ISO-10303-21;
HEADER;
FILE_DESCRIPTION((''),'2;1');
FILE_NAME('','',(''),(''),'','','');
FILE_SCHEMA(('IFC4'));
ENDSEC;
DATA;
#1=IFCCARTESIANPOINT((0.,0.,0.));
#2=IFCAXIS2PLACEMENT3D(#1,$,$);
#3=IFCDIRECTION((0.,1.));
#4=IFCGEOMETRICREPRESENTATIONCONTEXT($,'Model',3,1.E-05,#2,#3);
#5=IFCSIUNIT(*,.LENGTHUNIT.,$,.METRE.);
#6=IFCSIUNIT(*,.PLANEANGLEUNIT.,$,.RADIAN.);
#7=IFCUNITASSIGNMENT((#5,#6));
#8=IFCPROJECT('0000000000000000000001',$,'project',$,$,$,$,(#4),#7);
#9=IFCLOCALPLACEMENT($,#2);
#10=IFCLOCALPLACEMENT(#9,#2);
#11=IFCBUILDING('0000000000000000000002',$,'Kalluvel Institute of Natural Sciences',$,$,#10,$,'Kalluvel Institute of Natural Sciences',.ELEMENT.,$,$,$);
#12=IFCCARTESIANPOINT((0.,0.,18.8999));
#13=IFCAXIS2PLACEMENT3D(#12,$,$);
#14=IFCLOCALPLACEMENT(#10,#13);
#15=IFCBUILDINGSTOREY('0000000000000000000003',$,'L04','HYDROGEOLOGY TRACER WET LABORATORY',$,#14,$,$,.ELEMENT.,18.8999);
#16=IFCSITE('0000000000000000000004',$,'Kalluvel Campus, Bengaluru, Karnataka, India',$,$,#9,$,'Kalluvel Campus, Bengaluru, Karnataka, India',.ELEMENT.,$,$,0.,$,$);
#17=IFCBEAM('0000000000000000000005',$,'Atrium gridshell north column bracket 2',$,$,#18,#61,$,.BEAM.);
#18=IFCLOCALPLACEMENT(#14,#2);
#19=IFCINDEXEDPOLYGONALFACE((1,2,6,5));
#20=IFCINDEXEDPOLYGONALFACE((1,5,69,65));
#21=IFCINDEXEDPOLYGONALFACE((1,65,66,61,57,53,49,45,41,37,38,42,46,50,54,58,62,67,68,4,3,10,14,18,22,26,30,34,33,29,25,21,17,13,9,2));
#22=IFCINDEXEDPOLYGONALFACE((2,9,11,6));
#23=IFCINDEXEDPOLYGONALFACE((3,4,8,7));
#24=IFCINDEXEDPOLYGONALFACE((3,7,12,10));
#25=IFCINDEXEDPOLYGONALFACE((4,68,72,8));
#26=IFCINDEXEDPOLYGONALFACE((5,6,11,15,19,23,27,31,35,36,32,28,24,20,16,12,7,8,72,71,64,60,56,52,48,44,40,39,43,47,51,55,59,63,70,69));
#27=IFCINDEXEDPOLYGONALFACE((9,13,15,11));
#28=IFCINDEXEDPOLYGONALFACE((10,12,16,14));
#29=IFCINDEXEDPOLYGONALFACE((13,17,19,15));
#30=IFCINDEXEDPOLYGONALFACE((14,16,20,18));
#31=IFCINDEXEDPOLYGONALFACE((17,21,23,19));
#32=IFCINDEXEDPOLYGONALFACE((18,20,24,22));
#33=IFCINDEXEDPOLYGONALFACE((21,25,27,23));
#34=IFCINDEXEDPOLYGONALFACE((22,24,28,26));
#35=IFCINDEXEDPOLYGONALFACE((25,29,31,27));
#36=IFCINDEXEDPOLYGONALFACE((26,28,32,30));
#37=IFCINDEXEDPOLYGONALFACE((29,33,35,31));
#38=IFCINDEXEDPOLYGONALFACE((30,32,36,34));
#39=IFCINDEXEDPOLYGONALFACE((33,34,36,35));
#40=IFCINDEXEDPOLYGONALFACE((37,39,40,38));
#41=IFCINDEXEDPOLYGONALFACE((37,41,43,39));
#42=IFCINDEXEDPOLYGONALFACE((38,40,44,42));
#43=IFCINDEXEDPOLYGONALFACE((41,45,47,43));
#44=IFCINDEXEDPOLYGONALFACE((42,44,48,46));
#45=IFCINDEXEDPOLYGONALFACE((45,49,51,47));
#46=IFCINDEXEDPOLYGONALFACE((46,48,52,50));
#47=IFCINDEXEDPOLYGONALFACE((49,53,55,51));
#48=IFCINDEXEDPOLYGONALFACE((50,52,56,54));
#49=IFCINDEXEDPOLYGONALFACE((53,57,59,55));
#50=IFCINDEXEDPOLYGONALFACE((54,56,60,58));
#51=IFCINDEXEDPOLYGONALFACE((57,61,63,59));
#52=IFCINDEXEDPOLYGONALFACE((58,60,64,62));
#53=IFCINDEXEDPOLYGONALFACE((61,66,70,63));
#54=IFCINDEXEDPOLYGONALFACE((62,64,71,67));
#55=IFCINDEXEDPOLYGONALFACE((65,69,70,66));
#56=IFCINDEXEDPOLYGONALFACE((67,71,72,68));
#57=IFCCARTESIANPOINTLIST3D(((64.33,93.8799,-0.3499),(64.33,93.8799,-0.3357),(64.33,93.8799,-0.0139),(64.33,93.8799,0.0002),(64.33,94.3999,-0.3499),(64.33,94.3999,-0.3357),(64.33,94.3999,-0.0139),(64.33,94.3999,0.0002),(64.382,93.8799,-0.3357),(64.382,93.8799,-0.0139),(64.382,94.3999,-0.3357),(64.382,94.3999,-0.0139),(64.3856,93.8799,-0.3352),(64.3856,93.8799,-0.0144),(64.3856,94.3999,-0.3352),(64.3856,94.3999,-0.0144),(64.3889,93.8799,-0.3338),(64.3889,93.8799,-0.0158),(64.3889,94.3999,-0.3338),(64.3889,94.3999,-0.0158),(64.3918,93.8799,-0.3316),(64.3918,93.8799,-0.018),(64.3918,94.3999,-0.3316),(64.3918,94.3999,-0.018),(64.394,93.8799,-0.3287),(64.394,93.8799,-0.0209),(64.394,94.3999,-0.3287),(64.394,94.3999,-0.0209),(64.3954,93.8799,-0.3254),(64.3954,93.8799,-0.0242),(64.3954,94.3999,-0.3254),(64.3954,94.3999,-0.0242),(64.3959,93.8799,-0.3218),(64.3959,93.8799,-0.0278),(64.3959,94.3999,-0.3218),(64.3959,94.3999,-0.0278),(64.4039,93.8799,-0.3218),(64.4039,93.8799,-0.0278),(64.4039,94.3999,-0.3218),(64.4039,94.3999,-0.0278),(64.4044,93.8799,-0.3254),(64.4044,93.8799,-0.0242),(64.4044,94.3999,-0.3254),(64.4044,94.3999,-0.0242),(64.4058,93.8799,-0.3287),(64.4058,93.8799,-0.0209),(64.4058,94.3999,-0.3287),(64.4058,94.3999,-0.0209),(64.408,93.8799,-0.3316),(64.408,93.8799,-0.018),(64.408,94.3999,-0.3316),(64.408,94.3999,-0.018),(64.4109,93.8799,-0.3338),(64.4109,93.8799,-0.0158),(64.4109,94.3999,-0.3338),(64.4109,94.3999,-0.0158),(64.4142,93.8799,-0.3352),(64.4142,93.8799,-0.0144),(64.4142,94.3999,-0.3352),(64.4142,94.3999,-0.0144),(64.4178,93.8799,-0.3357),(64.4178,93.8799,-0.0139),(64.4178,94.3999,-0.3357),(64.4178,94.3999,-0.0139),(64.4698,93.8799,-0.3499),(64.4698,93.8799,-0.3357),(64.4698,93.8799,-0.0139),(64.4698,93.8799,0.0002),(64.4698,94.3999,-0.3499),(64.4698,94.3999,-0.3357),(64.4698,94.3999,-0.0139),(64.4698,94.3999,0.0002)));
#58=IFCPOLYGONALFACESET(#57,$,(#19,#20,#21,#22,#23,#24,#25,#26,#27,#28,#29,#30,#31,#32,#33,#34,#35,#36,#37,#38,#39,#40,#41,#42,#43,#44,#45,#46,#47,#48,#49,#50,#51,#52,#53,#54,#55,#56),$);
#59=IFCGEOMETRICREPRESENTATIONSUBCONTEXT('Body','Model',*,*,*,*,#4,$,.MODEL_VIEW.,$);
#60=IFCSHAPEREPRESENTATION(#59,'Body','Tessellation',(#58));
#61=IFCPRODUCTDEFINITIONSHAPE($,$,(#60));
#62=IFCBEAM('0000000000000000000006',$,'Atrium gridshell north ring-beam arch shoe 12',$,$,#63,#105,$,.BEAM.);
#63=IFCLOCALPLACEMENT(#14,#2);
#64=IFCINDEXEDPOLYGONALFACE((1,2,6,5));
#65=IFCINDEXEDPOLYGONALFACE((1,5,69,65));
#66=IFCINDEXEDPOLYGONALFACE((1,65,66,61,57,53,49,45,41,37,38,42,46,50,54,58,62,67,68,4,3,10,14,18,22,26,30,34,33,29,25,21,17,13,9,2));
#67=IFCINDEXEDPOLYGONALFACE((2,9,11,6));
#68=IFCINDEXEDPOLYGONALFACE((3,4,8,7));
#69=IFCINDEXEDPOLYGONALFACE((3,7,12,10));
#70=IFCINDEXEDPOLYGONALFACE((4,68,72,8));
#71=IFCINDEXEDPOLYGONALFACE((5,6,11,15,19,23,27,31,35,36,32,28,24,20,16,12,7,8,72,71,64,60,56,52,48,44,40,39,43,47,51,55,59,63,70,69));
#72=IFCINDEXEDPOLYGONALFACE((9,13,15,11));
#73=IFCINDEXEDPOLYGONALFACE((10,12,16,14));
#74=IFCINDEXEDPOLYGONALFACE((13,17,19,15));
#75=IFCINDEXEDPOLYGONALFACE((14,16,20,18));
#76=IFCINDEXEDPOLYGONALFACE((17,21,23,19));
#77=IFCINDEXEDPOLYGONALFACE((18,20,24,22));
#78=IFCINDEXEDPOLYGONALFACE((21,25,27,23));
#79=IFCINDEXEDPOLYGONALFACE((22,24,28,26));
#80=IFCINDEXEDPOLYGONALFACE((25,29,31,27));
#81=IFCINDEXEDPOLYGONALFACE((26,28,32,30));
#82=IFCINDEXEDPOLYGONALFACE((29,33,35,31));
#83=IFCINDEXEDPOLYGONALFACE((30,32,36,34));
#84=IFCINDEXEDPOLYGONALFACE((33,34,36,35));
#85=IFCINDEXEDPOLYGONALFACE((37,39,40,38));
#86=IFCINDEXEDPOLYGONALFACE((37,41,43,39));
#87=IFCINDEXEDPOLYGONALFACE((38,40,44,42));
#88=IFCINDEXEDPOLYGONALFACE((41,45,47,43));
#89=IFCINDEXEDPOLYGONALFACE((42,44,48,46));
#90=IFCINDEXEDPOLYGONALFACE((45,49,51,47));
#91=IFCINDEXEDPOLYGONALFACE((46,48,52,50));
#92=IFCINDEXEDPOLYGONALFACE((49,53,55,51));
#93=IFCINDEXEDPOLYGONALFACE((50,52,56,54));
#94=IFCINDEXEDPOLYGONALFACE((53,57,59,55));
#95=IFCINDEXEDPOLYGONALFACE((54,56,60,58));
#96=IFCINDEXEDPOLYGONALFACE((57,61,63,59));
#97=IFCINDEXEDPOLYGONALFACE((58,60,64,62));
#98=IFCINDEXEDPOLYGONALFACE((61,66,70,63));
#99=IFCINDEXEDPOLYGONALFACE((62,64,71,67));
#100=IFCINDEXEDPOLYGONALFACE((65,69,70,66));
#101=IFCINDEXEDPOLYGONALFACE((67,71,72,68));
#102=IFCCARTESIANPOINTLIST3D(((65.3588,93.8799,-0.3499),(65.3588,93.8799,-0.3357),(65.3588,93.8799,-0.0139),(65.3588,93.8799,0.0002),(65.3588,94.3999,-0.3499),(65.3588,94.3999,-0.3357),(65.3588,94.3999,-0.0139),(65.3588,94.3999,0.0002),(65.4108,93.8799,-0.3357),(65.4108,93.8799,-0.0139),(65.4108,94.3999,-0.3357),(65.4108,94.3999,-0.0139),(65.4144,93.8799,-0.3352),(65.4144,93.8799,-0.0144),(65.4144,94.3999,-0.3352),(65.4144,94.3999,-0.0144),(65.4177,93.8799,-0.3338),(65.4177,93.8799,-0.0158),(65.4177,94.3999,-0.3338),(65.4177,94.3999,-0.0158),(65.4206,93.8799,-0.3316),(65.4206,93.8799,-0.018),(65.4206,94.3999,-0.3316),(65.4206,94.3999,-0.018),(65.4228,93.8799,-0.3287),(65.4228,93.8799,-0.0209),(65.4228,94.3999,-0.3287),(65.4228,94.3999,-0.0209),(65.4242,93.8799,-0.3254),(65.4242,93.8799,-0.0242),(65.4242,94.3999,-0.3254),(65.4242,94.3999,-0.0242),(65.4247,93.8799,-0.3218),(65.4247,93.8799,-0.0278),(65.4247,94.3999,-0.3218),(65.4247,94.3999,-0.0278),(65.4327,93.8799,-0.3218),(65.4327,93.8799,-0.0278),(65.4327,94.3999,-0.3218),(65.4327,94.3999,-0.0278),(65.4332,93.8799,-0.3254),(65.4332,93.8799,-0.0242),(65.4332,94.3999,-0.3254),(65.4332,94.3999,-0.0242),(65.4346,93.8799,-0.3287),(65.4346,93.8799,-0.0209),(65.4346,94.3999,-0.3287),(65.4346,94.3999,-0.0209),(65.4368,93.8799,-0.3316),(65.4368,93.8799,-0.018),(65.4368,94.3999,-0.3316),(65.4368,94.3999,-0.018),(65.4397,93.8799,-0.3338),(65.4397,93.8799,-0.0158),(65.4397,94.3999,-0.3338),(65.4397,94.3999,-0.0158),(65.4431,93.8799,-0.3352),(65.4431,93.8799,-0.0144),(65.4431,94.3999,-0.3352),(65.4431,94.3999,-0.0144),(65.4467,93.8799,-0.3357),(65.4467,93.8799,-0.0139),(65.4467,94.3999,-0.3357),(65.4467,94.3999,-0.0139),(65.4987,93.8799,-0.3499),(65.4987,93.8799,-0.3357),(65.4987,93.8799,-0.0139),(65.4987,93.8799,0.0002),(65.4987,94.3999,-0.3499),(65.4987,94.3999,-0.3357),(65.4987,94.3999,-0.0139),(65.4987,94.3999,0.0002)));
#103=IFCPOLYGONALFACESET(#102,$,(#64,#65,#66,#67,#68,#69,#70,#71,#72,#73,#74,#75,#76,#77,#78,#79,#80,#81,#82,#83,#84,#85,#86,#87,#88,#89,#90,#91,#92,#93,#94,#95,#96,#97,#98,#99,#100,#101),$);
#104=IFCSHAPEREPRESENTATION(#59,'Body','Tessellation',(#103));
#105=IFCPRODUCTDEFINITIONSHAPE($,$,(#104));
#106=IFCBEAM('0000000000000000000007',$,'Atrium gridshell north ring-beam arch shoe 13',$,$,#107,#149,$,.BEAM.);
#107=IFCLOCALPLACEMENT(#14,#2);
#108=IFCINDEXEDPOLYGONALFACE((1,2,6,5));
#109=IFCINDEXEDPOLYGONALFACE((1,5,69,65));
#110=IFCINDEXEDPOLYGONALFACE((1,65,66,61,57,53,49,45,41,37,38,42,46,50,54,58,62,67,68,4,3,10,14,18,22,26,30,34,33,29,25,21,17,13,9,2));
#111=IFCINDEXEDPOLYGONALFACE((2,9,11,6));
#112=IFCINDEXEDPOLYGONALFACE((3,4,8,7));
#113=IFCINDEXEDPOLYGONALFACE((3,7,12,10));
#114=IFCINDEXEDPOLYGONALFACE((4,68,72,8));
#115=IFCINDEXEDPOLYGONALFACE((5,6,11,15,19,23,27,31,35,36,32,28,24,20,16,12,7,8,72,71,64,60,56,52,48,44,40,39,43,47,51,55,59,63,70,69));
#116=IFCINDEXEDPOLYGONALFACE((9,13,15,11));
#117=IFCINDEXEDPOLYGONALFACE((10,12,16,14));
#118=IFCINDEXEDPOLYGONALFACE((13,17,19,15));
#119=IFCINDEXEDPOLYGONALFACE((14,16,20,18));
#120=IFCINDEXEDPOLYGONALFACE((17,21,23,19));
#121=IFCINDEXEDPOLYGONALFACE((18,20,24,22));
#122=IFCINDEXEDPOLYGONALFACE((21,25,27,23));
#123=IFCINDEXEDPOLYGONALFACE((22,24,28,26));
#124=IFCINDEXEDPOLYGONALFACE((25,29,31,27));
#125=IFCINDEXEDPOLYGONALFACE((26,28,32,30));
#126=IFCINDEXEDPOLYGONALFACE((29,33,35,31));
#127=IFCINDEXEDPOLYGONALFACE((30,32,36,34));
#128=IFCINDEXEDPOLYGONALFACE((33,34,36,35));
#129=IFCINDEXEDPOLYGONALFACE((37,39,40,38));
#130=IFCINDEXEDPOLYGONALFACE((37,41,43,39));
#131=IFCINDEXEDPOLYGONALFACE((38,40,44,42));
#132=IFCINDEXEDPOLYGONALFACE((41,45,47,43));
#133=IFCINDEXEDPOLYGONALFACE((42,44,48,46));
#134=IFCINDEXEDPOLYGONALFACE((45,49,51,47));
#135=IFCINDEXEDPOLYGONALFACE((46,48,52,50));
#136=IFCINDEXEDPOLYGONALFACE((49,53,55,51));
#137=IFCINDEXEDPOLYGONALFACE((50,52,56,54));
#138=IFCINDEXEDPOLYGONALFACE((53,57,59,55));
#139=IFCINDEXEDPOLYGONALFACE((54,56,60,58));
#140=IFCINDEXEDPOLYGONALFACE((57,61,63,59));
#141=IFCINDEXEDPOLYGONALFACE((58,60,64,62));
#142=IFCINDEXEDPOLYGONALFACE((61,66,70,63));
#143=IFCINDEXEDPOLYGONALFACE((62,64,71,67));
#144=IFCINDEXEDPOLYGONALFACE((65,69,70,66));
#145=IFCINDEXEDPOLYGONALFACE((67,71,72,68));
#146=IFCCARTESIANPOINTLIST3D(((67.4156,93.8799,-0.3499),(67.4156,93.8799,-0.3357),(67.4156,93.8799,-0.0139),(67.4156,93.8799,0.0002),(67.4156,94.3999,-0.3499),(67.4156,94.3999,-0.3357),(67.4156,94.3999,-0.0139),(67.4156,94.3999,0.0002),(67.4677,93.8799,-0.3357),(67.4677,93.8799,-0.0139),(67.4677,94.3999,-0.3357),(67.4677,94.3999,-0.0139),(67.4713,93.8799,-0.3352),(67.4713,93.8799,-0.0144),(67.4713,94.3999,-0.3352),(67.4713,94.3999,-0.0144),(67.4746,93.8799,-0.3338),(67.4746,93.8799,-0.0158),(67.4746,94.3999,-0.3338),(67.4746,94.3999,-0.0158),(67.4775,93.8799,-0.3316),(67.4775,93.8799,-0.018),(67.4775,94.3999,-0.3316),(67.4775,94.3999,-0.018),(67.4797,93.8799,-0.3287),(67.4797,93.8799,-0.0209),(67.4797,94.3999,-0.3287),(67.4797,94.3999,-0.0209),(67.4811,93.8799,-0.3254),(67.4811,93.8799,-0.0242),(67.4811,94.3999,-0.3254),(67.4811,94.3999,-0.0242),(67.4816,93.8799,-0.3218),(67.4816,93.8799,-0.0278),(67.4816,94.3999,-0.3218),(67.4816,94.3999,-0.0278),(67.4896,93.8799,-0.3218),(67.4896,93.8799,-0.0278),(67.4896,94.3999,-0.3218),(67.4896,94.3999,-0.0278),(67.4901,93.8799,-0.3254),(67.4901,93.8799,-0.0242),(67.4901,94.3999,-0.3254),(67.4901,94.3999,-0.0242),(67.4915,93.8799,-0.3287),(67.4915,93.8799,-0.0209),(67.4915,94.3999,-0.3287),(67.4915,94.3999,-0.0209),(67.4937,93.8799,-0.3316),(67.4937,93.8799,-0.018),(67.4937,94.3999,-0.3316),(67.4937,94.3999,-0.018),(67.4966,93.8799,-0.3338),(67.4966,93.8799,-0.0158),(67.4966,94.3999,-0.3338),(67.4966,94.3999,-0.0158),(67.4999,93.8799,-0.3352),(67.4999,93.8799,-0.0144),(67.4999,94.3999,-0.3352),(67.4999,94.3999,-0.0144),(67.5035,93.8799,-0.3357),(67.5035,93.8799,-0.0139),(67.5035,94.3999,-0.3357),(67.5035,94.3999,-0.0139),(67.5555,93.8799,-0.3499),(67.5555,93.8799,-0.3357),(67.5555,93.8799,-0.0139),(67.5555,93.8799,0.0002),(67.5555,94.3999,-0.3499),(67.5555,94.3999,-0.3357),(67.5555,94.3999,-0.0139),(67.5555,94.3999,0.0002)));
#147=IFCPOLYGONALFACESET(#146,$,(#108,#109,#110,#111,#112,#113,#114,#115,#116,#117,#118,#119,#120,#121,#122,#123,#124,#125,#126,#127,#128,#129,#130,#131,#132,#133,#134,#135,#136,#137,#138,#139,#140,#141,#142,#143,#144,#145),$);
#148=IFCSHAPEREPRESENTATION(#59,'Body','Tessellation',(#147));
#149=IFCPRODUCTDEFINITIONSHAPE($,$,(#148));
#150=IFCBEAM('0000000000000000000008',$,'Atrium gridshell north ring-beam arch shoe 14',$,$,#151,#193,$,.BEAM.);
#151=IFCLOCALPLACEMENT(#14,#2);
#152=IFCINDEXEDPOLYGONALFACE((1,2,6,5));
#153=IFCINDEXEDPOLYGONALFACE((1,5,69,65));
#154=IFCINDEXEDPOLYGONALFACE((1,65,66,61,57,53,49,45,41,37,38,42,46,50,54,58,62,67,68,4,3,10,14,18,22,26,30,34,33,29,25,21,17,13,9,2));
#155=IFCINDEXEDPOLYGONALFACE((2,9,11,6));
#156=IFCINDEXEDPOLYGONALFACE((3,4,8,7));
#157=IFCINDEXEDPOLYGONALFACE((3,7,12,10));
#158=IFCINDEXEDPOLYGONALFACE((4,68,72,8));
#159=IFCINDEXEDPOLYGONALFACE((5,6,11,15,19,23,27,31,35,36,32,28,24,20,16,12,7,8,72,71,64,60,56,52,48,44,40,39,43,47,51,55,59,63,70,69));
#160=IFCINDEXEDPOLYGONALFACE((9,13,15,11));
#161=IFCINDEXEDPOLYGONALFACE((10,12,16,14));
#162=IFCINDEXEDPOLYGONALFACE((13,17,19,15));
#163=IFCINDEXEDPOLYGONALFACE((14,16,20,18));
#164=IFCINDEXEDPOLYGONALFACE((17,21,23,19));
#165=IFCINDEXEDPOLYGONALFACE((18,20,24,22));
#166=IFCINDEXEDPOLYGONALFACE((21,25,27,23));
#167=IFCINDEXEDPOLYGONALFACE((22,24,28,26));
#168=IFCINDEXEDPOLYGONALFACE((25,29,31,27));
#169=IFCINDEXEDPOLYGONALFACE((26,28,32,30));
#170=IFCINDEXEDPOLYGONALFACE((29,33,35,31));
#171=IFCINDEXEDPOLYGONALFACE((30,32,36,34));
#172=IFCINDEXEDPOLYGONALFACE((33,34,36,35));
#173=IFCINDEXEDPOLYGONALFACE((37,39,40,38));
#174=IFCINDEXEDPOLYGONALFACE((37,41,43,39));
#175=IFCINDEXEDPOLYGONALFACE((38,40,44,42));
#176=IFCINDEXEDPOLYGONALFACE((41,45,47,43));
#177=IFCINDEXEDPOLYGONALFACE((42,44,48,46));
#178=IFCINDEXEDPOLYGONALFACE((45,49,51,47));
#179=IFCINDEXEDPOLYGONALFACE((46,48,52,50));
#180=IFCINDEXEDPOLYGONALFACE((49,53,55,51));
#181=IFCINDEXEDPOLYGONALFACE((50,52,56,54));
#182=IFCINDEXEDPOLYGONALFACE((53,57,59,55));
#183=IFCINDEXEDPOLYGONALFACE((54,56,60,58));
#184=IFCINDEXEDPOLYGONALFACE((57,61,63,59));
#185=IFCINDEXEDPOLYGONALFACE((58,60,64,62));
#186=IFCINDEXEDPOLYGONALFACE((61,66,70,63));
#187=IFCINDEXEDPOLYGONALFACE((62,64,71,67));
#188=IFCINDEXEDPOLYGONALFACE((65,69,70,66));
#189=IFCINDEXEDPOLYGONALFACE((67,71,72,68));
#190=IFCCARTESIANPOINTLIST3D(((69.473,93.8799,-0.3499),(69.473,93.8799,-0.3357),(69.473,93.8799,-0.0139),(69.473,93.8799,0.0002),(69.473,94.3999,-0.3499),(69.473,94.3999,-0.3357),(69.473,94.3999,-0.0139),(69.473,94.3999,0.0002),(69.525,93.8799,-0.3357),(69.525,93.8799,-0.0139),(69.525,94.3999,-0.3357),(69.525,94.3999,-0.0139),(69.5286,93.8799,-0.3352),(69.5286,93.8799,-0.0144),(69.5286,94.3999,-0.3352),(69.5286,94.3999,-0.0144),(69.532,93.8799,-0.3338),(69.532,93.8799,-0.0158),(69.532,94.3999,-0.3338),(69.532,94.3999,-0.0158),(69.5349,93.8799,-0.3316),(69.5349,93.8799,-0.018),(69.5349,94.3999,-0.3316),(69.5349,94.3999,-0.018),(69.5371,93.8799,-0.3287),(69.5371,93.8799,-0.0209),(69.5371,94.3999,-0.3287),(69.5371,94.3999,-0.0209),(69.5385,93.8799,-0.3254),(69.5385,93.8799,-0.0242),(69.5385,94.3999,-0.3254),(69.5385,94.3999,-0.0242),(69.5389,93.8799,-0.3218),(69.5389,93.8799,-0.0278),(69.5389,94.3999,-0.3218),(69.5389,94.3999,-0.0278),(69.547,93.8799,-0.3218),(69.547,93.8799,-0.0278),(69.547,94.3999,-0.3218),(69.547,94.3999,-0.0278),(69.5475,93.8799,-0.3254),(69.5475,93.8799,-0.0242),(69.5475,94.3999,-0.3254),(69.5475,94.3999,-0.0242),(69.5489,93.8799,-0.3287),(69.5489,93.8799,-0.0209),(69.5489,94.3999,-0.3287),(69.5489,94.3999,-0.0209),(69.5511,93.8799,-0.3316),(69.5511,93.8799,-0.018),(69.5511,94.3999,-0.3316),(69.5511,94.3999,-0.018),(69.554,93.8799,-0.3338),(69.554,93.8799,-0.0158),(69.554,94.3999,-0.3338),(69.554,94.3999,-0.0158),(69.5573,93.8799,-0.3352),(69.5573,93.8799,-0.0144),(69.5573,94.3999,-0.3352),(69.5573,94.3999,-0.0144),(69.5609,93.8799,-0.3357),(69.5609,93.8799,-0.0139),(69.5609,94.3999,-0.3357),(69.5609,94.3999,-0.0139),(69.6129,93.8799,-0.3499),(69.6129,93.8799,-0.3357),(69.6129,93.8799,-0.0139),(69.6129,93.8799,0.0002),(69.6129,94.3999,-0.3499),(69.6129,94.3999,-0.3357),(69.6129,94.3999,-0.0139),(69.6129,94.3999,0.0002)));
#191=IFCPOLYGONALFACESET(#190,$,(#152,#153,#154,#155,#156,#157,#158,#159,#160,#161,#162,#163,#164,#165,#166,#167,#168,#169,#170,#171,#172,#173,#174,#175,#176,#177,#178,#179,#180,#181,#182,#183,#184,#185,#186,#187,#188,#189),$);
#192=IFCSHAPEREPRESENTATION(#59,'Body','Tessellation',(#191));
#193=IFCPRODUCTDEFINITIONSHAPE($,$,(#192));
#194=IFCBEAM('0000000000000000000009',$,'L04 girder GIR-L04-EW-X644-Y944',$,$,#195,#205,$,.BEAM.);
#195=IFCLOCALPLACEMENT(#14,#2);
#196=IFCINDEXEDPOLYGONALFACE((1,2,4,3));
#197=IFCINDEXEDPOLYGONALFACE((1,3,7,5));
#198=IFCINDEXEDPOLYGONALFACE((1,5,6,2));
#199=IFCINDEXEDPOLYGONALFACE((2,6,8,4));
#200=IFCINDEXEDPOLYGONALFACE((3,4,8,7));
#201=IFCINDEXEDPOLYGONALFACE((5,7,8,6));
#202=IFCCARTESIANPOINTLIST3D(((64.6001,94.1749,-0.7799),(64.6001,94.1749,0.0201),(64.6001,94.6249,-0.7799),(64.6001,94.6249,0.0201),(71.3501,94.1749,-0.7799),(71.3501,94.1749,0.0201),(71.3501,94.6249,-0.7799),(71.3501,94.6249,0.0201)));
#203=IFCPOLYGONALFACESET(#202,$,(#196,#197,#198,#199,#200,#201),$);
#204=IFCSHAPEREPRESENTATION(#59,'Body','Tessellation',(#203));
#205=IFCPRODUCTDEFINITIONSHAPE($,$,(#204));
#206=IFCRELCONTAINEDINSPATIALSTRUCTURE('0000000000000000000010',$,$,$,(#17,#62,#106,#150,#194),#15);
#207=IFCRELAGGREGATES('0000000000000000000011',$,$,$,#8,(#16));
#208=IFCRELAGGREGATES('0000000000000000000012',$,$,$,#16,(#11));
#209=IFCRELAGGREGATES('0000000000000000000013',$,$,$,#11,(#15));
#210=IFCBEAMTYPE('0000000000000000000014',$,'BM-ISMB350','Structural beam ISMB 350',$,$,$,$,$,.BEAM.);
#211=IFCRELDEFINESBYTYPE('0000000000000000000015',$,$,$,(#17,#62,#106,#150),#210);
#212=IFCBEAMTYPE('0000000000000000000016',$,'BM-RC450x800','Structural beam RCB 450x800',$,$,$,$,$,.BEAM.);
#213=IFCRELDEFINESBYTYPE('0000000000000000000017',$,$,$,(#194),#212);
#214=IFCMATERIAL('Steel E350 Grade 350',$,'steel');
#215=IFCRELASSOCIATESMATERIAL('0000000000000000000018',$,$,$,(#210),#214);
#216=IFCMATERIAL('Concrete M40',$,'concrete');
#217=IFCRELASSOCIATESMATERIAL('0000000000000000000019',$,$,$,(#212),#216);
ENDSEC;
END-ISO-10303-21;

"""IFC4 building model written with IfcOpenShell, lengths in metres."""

from ifc_helpers import new_model, si_unit, direction, frame, origin, origin_2d, place, context, subcontext, project, spatial, rectangle, i_section, extrude, material, material_profile, profile_set, type_object, element, save


model = new_model("IFC4")

# Units and contexts
model_context = context("Model", 3, precision=1e-05, world=origin(), true_north=direction((0.0, 1.0)))
body_context = subcontext(model_context, "Body", "Model", "MODEL_VIEW")
ifc_project = project(units=[si_unit("LENGTHUNIT", "METRE"), si_unit("PLANEANGLEUNIT", "RADIAN")], contexts=[model_context])

# Site, building, storey
site_placement = place(None, origin())
site = spatial("IfcSite", under=ifc_project, at=site_placement, Name="Kalluvel Campus, Bengaluru, Karnataka, India", LongName="Kalluvel Campus, Bengaluru, Karnataka, India", CompositionType="ELEMENT", RefElevation=0.0)
building_placement = place(site_placement, origin())
building = spatial("IfcBuilding", under=site, at=building_placement, Name="Kalluvel Institute of Natural Sciences", LongName="Kalluvel Institute of Natural Sciences", CompositionType="ELEMENT")
storey_placement = place(building_placement, frame((0.0, 0.0, 18.8999)))
storey = spatial("IfcBuildingStorey", under=building, at=storey_placement, Name="L04", Description="HYDROGEOLOGY TRACER WET LABORATORY", CompositionType="ELEMENT", Elevation=18.8999)

# Beams
ifc_material_1 = material(Name="Steel E350 Grade 350", Category="steel")
ifc_material_profile_1 = material_profile(ifc_material_1, i_section(OverallWidth=0.1399, OverallDepth=0.3501, WebThickness=0.0081, FlangeThickness=0.0142, FilletRadius=0.0139, at=origin_2d()), Name="ISMB 350")
ifc_profile_set_1 = profile_set([ifc_material_profile_1], Name="Steel E350 Grade 350")
beam_type_1 = type_object("IfcBeamType", Name="BM-ISMB350", Description="Structural beam ISMB 350", PredefinedType="BEAM", material=ifc_profile_set_1)
for number, where, z_axis, x_axis, name in (
    (1, (64.3999, 93.8799, -0.1748), (0.0, 1.0, 0.0), (-1.0, 0.0, 0.0), "Atrium gridshell north column bracket 2"),
    (2, (65.4287, 93.8799, -0.1748), (0.0, 1.0, 0.0), (-1.0, 0.0, 0.0), "Atrium gridshell north ring-beam arch shoe 12"),
    (3, (67.4856, 93.8799, -0.1748), (0.0, 1.0, 0.0), (-1.0, 0.0, 0.0), "Atrium gridshell north ring-beam arch shoe 13"),
    (4, (69.543, 93.8799, -0.1748), (0.0, 1.0, 0.0), (-1.0, 0.0, 0.0), "Atrium gridshell north ring-beam arch shoe 14"),
):
    element("IfcBeam", number, at=place(storey_placement, frame(where, z_axis=z_axis, x_axis=x_axis)), inside=storey, type_object=beam_type_1, Name=name, PredefinedType="BEAM", context=body_context, shape_type="SweptSolid", body=[
        extrude(i_section(OverallWidth=0.1399, OverallDepth=0.3501, WebThickness=0.0081, FlangeThickness=0.0142, FilletRadius=0.0139, at=origin_2d()), origin(), (0.0, 0.0, 1.0), 0.52),
    ])
ifc_material_2 = material(Name="Concrete M40", Category="concrete")
ifc_material_profile_2 = material_profile(ifc_material_2, rectangle(XDim=0.45, YDim=0.8, at=origin_2d()), Name="RCB 450x800")
ifc_profile_set_2 = profile_set([ifc_material_profile_2], Name="Concrete M40")
beam_type_2 = type_object("IfcBeamType", Name="BM-RC450x800", Description="Structural beam RCB 450x800", PredefinedType="BEAM", material=ifc_profile_set_2)
beam_placement = place(storey_placement, frame((64.6001, 94.3999, -0.3799), z_axis=(1.0, 0.0, 0.0), x_axis=(0.0, 1.0, 0.0)))
element("IfcBeam", 5, at=beam_placement, inside=storey, type_object=beam_type_2, Name="L04 girder GIR-L04-EW-X644-Y944", PredefinedType="BEAM", context=body_context, shape_type="SweptSolid", body=[
    extrude(rectangle(XDim=0.45, YDim=0.8, at=origin_2d()), origin(), (0.0, 0.0, 1.0), 6.75),
])

save(model, "model.ifc")
